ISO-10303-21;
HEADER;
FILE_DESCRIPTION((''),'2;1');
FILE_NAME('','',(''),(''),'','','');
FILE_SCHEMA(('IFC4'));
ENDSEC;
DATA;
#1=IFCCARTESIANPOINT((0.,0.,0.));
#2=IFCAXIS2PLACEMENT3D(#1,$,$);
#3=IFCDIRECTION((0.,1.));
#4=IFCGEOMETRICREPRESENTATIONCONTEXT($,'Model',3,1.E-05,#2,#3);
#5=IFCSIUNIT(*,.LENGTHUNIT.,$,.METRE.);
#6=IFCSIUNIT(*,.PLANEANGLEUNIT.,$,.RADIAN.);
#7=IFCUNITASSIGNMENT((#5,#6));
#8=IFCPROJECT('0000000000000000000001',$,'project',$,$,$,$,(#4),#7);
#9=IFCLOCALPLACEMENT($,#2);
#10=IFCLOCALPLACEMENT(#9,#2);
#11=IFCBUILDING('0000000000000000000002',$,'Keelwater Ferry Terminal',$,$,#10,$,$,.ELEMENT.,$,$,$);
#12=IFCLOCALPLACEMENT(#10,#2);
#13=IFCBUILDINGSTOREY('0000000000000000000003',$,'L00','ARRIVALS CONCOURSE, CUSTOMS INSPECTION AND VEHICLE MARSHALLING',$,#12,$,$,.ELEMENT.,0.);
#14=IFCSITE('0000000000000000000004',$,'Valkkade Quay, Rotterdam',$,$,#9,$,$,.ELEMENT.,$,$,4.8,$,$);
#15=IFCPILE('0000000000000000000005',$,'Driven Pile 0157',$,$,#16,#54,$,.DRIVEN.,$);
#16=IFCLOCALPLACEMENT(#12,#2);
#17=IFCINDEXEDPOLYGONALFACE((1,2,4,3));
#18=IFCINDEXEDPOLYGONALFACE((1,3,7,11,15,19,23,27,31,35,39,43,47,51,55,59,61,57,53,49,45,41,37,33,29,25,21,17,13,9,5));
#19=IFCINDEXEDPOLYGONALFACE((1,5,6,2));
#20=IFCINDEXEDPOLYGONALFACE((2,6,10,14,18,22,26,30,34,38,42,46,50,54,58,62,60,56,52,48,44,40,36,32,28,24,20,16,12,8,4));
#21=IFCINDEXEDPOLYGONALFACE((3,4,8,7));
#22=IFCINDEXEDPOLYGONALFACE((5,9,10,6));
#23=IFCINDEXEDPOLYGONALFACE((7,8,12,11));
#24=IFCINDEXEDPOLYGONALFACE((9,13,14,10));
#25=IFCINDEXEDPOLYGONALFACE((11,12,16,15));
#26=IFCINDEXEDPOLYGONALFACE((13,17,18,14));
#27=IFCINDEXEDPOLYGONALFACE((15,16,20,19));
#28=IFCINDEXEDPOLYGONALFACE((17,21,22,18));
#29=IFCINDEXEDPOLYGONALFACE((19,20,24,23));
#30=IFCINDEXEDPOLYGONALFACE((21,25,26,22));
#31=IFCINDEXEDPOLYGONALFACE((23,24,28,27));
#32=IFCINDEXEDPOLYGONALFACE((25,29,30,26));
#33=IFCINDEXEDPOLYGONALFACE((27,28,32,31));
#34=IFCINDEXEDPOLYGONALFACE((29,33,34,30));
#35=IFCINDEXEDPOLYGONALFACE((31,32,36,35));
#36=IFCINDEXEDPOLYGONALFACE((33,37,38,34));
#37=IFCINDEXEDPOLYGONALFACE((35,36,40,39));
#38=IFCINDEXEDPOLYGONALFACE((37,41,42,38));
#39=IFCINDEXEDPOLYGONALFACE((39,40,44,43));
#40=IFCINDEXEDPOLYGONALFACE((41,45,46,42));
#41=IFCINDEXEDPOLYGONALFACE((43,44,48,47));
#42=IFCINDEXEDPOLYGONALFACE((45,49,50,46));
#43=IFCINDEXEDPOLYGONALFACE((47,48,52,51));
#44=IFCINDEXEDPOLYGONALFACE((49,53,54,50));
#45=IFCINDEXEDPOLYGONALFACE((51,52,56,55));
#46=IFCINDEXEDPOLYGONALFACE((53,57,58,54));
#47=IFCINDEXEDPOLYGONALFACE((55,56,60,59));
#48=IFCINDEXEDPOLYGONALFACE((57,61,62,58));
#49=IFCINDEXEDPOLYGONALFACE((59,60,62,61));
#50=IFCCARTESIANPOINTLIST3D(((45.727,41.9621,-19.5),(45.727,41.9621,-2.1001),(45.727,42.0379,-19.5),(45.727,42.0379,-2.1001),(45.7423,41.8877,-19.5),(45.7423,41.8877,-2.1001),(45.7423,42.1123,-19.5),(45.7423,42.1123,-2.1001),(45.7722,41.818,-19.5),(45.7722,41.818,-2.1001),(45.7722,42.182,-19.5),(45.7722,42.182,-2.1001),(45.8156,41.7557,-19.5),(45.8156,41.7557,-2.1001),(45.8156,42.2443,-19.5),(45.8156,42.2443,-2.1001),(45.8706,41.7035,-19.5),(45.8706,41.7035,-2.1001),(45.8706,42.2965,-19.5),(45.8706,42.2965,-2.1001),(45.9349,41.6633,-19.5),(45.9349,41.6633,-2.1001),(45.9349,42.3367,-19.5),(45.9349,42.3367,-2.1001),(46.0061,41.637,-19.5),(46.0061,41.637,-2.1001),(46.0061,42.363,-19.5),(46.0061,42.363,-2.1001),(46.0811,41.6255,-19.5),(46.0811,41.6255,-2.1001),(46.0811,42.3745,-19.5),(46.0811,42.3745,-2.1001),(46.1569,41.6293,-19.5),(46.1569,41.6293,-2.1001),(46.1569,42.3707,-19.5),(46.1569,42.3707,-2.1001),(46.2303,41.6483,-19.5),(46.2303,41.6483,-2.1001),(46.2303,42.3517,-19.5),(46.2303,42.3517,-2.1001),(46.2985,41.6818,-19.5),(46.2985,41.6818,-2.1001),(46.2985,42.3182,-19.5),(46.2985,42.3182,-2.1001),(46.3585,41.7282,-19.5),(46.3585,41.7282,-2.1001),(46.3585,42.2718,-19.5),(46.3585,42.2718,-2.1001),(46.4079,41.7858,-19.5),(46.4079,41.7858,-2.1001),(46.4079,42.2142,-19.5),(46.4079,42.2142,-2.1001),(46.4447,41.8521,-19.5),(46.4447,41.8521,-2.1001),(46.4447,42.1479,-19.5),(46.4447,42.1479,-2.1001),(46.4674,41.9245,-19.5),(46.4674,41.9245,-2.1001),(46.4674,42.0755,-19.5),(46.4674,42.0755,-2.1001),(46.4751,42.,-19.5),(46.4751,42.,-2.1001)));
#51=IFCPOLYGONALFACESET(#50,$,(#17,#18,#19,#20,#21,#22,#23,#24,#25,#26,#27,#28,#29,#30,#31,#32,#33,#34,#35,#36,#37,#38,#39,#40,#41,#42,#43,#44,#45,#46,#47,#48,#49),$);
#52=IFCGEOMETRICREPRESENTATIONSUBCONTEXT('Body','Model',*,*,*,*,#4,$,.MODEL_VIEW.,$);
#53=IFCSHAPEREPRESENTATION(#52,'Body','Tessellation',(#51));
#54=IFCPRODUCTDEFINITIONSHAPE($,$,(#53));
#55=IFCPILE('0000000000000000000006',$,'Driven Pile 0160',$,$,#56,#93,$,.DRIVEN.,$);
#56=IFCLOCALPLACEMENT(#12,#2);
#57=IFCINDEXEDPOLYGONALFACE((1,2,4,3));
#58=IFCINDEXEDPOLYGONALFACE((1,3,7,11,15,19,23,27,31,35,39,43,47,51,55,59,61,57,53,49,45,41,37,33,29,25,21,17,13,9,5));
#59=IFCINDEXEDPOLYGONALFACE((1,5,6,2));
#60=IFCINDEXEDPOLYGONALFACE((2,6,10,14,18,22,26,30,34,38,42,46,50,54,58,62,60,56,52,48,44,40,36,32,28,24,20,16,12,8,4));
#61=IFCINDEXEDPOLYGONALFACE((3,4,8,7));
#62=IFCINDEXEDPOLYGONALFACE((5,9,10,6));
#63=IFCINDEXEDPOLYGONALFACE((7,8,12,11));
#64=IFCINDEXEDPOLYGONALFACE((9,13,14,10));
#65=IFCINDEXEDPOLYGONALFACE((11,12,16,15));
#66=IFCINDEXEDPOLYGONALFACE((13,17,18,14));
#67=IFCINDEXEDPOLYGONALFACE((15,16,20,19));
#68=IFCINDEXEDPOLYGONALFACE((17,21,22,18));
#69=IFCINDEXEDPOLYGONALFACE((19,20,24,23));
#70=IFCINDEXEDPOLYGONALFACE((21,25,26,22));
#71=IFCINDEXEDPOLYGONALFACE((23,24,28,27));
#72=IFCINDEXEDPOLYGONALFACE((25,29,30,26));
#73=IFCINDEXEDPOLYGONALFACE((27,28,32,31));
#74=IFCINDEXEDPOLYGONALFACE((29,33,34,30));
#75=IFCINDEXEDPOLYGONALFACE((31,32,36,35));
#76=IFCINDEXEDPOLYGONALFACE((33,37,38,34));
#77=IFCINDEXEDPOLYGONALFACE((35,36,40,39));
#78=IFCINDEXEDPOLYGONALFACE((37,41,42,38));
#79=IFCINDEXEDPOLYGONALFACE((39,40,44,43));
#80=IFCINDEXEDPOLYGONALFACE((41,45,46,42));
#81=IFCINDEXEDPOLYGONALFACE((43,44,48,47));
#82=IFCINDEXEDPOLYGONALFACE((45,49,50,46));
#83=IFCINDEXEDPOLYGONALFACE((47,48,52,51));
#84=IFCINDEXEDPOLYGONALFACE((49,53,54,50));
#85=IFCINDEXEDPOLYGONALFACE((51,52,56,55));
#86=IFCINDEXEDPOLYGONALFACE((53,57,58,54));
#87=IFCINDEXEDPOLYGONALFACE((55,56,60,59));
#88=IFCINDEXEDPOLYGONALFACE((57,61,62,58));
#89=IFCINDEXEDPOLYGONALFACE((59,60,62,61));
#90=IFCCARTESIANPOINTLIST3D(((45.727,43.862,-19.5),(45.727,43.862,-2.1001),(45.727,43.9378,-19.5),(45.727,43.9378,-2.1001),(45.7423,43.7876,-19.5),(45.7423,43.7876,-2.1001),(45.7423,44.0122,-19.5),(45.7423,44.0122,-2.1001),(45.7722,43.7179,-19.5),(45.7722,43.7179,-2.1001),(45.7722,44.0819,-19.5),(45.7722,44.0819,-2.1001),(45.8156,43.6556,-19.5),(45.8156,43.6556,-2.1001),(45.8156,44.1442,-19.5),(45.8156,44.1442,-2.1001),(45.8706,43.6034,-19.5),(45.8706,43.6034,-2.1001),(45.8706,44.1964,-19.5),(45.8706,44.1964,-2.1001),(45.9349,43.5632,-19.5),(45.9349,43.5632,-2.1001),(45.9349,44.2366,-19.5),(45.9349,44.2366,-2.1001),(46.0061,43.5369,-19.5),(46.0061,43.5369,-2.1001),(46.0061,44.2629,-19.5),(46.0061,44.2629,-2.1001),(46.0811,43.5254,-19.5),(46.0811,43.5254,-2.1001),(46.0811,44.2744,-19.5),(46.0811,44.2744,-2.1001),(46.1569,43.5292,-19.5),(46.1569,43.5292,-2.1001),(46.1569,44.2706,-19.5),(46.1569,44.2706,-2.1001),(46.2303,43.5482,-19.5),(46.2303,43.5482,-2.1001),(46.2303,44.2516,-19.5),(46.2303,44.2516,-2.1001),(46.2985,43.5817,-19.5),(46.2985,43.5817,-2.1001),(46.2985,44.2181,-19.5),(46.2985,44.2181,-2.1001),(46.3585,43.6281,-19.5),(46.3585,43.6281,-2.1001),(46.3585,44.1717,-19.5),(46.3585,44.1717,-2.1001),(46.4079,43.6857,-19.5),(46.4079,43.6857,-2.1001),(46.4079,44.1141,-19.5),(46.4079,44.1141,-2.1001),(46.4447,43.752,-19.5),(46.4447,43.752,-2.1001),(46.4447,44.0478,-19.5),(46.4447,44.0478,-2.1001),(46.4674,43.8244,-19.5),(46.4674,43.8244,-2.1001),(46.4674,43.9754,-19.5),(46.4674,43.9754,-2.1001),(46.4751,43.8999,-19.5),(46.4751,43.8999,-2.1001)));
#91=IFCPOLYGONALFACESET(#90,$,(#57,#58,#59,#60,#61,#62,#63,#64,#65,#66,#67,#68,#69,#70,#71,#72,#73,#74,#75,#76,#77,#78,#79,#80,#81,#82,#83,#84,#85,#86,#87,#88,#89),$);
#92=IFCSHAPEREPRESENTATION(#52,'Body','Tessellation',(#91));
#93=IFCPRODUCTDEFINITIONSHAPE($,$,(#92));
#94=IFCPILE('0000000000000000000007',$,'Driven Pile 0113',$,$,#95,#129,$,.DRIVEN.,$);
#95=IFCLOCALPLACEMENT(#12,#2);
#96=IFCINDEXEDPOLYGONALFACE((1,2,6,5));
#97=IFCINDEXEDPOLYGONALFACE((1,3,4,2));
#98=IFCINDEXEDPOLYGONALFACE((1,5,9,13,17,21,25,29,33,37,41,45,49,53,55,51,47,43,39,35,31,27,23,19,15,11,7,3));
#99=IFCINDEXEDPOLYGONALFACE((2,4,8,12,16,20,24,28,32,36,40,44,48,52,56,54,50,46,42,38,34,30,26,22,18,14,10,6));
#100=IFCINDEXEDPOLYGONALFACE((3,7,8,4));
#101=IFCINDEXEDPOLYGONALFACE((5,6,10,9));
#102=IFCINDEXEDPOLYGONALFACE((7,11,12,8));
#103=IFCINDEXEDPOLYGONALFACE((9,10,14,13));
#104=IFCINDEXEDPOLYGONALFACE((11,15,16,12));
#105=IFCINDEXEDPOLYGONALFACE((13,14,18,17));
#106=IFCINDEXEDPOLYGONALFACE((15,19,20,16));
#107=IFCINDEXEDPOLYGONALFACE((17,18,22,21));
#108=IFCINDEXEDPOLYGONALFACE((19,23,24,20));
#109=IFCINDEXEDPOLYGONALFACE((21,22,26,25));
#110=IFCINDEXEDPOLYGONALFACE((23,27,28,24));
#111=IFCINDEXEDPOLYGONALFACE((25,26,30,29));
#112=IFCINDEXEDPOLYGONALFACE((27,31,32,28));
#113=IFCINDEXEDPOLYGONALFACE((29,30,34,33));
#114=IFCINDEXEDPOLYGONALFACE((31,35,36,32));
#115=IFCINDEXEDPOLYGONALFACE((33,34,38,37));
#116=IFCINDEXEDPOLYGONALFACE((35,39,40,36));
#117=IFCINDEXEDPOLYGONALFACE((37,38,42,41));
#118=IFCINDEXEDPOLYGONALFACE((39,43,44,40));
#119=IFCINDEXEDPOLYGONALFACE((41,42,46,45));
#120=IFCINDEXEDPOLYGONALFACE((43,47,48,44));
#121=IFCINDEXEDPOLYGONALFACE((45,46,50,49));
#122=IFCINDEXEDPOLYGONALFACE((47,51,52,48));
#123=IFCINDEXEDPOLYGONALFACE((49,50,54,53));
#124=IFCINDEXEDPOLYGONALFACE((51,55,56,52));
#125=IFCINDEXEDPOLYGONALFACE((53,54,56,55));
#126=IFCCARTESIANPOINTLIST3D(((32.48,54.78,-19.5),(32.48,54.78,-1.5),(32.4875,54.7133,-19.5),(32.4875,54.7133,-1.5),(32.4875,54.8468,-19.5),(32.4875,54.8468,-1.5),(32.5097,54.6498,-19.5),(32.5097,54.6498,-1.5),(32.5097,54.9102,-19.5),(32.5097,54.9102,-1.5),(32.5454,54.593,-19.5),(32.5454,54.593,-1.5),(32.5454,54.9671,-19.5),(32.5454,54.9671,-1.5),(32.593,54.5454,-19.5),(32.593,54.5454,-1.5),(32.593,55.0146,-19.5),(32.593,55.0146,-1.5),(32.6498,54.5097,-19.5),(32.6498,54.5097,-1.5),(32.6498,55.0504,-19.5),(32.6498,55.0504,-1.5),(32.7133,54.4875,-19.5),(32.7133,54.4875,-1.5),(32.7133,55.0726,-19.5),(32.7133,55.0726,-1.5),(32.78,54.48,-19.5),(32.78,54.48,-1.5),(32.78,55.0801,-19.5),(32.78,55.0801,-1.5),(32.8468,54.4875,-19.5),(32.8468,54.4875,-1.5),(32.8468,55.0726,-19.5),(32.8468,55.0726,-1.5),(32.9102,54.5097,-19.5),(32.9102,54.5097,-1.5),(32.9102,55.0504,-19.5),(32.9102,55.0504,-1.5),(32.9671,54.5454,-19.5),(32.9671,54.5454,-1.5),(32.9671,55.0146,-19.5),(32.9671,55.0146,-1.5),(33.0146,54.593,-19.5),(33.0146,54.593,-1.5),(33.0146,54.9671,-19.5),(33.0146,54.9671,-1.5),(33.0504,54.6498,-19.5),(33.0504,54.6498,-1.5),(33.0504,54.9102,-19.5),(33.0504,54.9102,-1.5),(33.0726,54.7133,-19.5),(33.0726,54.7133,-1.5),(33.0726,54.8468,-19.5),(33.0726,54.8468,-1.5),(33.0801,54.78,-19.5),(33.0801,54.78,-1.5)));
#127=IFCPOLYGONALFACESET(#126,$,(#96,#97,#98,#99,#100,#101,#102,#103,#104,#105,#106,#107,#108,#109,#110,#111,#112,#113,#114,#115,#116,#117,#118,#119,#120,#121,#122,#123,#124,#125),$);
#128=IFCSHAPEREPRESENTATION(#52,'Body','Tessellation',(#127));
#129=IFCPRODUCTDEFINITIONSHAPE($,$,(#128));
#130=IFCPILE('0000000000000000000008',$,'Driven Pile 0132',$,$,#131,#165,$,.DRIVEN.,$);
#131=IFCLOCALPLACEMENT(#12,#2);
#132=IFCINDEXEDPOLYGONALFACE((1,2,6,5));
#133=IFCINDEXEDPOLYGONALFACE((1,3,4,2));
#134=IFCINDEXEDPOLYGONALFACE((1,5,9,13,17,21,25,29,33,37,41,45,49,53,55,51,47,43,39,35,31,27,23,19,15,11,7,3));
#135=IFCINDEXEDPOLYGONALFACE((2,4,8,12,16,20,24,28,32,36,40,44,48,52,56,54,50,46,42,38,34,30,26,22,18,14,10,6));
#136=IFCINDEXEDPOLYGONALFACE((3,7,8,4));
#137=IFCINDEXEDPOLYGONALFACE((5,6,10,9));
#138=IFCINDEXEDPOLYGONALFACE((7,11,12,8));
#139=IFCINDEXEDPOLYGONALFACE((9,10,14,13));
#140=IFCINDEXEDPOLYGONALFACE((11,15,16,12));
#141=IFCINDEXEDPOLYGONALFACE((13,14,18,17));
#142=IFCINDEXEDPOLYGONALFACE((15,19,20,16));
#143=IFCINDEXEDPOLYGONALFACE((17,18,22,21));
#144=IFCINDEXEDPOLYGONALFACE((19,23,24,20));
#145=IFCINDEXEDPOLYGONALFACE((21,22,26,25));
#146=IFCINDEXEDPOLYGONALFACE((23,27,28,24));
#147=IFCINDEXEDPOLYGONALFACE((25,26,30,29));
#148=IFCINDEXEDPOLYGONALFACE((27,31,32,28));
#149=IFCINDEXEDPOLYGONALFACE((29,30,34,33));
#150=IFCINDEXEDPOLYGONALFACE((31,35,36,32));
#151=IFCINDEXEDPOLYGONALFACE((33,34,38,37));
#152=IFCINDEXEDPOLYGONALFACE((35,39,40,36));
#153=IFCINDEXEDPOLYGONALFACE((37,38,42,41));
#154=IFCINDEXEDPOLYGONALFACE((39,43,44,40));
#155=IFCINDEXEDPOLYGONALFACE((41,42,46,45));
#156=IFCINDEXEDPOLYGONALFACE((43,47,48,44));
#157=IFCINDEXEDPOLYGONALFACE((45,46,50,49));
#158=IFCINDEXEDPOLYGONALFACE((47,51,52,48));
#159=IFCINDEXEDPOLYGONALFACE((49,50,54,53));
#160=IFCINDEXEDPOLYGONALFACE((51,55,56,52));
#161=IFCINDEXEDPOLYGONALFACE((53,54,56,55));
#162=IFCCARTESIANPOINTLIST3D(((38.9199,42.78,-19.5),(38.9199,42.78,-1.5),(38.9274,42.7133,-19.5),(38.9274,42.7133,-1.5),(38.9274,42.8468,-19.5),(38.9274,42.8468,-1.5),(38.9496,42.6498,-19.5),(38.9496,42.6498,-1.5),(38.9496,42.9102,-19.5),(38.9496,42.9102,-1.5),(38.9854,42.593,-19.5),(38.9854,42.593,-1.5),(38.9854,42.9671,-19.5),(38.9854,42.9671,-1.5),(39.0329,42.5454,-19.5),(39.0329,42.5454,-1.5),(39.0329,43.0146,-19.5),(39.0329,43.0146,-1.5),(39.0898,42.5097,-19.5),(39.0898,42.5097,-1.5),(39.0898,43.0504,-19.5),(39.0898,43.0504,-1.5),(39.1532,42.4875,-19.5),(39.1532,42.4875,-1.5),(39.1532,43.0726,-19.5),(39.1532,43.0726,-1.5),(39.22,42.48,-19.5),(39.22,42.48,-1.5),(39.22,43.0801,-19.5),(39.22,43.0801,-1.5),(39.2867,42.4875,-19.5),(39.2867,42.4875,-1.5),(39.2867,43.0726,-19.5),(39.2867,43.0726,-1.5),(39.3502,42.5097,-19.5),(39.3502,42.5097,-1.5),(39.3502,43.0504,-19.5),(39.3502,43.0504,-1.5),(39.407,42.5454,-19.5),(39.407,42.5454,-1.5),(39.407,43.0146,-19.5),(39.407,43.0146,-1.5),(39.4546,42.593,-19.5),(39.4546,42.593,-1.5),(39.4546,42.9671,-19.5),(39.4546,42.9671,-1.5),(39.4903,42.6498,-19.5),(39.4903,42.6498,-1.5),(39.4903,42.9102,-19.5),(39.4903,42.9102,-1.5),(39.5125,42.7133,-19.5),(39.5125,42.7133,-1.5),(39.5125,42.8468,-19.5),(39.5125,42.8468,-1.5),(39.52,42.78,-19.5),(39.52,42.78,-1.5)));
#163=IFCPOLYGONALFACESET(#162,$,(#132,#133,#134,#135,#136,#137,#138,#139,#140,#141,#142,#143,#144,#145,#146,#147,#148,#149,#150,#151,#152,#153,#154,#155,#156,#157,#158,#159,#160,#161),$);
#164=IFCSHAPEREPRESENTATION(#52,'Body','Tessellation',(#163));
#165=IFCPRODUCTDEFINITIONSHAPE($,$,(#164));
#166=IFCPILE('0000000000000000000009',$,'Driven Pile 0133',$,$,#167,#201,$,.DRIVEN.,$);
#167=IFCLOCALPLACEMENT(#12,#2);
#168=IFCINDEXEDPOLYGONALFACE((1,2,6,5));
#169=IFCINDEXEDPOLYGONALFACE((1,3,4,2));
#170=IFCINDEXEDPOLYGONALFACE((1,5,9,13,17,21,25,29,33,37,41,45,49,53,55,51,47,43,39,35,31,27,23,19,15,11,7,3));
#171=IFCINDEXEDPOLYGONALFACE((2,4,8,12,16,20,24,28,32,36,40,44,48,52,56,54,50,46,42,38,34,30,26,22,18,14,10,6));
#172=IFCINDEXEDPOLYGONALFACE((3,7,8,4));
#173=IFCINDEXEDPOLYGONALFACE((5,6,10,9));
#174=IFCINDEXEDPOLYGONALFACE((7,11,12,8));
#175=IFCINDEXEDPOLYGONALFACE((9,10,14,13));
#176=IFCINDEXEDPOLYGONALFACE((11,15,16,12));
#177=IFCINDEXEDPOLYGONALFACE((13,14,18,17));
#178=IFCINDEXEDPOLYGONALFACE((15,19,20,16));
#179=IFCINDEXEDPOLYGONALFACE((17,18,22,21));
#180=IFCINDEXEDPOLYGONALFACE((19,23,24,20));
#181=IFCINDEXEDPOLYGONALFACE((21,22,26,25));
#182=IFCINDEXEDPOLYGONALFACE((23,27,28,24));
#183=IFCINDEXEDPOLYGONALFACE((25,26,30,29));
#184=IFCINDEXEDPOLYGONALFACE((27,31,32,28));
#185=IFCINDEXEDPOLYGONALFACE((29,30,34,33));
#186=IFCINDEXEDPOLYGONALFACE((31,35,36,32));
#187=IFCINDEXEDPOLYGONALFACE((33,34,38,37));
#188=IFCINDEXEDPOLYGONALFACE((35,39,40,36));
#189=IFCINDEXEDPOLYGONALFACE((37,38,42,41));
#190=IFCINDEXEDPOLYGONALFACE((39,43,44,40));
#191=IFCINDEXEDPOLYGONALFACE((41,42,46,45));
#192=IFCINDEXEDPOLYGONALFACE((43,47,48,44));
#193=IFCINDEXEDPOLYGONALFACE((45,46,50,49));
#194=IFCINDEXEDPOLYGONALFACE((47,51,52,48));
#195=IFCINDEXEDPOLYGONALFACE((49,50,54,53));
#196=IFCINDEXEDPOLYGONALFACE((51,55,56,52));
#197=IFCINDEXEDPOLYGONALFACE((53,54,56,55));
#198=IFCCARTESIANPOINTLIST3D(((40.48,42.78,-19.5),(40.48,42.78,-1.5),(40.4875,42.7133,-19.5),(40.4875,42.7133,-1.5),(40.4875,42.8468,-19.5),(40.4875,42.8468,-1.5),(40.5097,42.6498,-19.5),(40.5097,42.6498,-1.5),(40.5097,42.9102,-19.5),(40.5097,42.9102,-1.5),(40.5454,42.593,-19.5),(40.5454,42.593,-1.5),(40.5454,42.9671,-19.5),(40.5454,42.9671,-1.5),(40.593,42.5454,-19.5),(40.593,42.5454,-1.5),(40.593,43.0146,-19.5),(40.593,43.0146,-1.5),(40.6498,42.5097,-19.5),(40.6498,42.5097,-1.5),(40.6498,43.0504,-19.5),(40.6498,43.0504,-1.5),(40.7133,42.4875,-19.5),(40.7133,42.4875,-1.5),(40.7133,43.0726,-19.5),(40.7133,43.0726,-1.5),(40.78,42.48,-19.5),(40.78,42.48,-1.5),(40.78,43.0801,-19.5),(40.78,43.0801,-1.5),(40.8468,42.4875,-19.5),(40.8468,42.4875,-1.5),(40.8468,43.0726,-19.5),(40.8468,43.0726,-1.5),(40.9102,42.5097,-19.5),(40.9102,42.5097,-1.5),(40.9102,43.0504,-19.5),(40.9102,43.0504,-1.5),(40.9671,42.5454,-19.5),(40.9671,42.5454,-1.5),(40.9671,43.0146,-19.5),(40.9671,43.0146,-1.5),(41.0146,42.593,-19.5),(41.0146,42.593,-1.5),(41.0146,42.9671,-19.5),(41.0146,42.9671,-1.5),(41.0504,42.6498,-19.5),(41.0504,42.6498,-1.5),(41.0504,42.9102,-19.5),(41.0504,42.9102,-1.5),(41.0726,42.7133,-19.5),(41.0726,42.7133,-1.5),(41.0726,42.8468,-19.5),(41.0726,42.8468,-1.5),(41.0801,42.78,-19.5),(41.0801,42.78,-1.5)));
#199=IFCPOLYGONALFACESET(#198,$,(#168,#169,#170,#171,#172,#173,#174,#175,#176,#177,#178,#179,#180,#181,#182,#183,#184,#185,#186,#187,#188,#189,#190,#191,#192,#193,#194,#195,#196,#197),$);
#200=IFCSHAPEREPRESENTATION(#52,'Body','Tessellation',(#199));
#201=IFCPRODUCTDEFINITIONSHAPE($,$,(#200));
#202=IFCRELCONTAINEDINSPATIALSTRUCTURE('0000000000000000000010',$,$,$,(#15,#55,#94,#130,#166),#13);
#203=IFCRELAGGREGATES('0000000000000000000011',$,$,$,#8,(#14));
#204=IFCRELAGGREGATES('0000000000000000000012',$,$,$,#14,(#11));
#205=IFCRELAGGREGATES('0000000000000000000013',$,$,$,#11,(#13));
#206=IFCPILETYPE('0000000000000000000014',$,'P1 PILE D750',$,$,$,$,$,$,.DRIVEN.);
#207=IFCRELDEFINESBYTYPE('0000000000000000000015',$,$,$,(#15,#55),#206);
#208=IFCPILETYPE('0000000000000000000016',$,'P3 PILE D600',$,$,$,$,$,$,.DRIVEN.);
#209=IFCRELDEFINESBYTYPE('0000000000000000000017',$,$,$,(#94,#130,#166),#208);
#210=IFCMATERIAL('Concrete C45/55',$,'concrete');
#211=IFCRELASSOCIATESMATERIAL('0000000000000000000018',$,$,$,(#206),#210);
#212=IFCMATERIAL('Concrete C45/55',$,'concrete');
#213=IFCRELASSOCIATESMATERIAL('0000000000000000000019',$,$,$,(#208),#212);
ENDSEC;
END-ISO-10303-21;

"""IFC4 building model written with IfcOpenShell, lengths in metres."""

from ifc_helpers import new_model, si_unit, direction, frame, origin, origin_2d, place, context, subcontext, project, spatial, circle, extrude, material, material_profile, profile_set, type_object, element, save


model = new_model("IFC4")

# Units and contexts
model_context = context("Model", 3, precision=1e-05, world=origin(), true_north=direction((0.0, 1.0)))
body_context = subcontext(model_context, "Body", "Model", "MODEL_VIEW")
ifc_project = project(units=[si_unit("LENGTHUNIT", "METRE"), si_unit("PLANEANGLEUNIT", "RADIAN")], contexts=[model_context])

# Site, building, storey
site_placement = place(None, origin())
site = spatial("IfcSite", under=ifc_project, at=site_placement, Name="Valkkade Quay, Rotterdam", CompositionType="ELEMENT", RefElevation=4.8)
building_placement = place(site_placement, origin())
building = spatial("IfcBuilding", under=site, at=building_placement, Name="Keelwater Ferry Terminal", CompositionType="ELEMENT")
storey_placement = place(building_placement, origin())
storey = spatial("IfcBuildingStorey", under=building, at=storey_placement, Name="L00", Description="ARRIVALS CONCOURSE, CUSTOMS INSPECTION AND VEHICLE MARSHALLING", CompositionType="ELEMENT", Elevation=0.0)

# Piles
ifc_material_1 = material(Name="Concrete C45/55", Category="concrete")
ifc_material_profile_1 = material_profile(ifc_material_1, circle(Radius=0.375, at=origin_2d()), Name="PILE D750")
ifc_profile_set_1 = profile_set([ifc_material_profile_1], Name="Concrete C45/55")
pile_type_1 = type_object("IfcPileType", Name="P1 PILE D750", PredefinedType="DRIVEN", material=ifc_profile_set_1)
for number, where, z_axis, x_axis, name in (
    (1, (46.1001, 42.0, -2.1001), (0.0, 0.0, -1.0), (1.0, 0.0, 0.0), "Driven Pile 0157"),
    (2, (46.1001, 43.8999, -2.1001), (0.0, 0.0, -1.0), (1.0, 0.0, 0.0), "Driven Pile 0160"),
):
    element("IfcPile", number, at=place(storey_placement, frame(where, z_axis=z_axis, x_axis=x_axis)), inside=storey, type_object=pile_type_1, Name=name, PredefinedType="DRIVEN", context=body_context, shape_type="SweptSolid", body=[
        extrude(circle(Radius=0.375, at=origin_2d()), origin(), (0.0, 0.0, 1.0), 17.3999),
    ])
ifc_material_2 = material(Name="Concrete C45/55", Category="concrete")
ifc_material_profile_2 = material_profile(ifc_material_2, circle(Radius=0.3, at=origin_2d()), Name="PILE D600")
ifc_profile_set_2 = profile_set([ifc_material_profile_2], Name="Concrete C45/55")
pile_type_2 = type_object("IfcPileType", Name="P3 PILE D600", PredefinedType="DRIVEN", material=ifc_profile_set_2)
for number, where, z_axis, x_axis, name in (
    (3, (32.78, 54.78, -1.5), (0.0, 0.0, -1.0), (1.0, 0.0, 0.0), "Driven Pile 0113"),
    (4, (39.22, 42.78, -1.5), (0.0, 0.0, -1.0), (1.0, 0.0, 0.0), "Driven Pile 0132"),
    (5, (40.78, 42.78, -1.5), (0.0, 0.0, -1.0), (1.0, 0.0, 0.0), "Driven Pile 0133"),
):
    element("IfcPile", number, at=place(storey_placement, frame(where, z_axis=z_axis, x_axis=x_axis)), inside=storey, type_object=pile_type_2, Name=name, PredefinedType="DRIVEN", context=body_context, shape_type="SweptSolid", body=[
        extrude(circle(Radius=0.3, at=origin_2d()), origin(), (0.0, 0.0, 1.0), 18.0),
    ])

save(model, "model.ifc")
